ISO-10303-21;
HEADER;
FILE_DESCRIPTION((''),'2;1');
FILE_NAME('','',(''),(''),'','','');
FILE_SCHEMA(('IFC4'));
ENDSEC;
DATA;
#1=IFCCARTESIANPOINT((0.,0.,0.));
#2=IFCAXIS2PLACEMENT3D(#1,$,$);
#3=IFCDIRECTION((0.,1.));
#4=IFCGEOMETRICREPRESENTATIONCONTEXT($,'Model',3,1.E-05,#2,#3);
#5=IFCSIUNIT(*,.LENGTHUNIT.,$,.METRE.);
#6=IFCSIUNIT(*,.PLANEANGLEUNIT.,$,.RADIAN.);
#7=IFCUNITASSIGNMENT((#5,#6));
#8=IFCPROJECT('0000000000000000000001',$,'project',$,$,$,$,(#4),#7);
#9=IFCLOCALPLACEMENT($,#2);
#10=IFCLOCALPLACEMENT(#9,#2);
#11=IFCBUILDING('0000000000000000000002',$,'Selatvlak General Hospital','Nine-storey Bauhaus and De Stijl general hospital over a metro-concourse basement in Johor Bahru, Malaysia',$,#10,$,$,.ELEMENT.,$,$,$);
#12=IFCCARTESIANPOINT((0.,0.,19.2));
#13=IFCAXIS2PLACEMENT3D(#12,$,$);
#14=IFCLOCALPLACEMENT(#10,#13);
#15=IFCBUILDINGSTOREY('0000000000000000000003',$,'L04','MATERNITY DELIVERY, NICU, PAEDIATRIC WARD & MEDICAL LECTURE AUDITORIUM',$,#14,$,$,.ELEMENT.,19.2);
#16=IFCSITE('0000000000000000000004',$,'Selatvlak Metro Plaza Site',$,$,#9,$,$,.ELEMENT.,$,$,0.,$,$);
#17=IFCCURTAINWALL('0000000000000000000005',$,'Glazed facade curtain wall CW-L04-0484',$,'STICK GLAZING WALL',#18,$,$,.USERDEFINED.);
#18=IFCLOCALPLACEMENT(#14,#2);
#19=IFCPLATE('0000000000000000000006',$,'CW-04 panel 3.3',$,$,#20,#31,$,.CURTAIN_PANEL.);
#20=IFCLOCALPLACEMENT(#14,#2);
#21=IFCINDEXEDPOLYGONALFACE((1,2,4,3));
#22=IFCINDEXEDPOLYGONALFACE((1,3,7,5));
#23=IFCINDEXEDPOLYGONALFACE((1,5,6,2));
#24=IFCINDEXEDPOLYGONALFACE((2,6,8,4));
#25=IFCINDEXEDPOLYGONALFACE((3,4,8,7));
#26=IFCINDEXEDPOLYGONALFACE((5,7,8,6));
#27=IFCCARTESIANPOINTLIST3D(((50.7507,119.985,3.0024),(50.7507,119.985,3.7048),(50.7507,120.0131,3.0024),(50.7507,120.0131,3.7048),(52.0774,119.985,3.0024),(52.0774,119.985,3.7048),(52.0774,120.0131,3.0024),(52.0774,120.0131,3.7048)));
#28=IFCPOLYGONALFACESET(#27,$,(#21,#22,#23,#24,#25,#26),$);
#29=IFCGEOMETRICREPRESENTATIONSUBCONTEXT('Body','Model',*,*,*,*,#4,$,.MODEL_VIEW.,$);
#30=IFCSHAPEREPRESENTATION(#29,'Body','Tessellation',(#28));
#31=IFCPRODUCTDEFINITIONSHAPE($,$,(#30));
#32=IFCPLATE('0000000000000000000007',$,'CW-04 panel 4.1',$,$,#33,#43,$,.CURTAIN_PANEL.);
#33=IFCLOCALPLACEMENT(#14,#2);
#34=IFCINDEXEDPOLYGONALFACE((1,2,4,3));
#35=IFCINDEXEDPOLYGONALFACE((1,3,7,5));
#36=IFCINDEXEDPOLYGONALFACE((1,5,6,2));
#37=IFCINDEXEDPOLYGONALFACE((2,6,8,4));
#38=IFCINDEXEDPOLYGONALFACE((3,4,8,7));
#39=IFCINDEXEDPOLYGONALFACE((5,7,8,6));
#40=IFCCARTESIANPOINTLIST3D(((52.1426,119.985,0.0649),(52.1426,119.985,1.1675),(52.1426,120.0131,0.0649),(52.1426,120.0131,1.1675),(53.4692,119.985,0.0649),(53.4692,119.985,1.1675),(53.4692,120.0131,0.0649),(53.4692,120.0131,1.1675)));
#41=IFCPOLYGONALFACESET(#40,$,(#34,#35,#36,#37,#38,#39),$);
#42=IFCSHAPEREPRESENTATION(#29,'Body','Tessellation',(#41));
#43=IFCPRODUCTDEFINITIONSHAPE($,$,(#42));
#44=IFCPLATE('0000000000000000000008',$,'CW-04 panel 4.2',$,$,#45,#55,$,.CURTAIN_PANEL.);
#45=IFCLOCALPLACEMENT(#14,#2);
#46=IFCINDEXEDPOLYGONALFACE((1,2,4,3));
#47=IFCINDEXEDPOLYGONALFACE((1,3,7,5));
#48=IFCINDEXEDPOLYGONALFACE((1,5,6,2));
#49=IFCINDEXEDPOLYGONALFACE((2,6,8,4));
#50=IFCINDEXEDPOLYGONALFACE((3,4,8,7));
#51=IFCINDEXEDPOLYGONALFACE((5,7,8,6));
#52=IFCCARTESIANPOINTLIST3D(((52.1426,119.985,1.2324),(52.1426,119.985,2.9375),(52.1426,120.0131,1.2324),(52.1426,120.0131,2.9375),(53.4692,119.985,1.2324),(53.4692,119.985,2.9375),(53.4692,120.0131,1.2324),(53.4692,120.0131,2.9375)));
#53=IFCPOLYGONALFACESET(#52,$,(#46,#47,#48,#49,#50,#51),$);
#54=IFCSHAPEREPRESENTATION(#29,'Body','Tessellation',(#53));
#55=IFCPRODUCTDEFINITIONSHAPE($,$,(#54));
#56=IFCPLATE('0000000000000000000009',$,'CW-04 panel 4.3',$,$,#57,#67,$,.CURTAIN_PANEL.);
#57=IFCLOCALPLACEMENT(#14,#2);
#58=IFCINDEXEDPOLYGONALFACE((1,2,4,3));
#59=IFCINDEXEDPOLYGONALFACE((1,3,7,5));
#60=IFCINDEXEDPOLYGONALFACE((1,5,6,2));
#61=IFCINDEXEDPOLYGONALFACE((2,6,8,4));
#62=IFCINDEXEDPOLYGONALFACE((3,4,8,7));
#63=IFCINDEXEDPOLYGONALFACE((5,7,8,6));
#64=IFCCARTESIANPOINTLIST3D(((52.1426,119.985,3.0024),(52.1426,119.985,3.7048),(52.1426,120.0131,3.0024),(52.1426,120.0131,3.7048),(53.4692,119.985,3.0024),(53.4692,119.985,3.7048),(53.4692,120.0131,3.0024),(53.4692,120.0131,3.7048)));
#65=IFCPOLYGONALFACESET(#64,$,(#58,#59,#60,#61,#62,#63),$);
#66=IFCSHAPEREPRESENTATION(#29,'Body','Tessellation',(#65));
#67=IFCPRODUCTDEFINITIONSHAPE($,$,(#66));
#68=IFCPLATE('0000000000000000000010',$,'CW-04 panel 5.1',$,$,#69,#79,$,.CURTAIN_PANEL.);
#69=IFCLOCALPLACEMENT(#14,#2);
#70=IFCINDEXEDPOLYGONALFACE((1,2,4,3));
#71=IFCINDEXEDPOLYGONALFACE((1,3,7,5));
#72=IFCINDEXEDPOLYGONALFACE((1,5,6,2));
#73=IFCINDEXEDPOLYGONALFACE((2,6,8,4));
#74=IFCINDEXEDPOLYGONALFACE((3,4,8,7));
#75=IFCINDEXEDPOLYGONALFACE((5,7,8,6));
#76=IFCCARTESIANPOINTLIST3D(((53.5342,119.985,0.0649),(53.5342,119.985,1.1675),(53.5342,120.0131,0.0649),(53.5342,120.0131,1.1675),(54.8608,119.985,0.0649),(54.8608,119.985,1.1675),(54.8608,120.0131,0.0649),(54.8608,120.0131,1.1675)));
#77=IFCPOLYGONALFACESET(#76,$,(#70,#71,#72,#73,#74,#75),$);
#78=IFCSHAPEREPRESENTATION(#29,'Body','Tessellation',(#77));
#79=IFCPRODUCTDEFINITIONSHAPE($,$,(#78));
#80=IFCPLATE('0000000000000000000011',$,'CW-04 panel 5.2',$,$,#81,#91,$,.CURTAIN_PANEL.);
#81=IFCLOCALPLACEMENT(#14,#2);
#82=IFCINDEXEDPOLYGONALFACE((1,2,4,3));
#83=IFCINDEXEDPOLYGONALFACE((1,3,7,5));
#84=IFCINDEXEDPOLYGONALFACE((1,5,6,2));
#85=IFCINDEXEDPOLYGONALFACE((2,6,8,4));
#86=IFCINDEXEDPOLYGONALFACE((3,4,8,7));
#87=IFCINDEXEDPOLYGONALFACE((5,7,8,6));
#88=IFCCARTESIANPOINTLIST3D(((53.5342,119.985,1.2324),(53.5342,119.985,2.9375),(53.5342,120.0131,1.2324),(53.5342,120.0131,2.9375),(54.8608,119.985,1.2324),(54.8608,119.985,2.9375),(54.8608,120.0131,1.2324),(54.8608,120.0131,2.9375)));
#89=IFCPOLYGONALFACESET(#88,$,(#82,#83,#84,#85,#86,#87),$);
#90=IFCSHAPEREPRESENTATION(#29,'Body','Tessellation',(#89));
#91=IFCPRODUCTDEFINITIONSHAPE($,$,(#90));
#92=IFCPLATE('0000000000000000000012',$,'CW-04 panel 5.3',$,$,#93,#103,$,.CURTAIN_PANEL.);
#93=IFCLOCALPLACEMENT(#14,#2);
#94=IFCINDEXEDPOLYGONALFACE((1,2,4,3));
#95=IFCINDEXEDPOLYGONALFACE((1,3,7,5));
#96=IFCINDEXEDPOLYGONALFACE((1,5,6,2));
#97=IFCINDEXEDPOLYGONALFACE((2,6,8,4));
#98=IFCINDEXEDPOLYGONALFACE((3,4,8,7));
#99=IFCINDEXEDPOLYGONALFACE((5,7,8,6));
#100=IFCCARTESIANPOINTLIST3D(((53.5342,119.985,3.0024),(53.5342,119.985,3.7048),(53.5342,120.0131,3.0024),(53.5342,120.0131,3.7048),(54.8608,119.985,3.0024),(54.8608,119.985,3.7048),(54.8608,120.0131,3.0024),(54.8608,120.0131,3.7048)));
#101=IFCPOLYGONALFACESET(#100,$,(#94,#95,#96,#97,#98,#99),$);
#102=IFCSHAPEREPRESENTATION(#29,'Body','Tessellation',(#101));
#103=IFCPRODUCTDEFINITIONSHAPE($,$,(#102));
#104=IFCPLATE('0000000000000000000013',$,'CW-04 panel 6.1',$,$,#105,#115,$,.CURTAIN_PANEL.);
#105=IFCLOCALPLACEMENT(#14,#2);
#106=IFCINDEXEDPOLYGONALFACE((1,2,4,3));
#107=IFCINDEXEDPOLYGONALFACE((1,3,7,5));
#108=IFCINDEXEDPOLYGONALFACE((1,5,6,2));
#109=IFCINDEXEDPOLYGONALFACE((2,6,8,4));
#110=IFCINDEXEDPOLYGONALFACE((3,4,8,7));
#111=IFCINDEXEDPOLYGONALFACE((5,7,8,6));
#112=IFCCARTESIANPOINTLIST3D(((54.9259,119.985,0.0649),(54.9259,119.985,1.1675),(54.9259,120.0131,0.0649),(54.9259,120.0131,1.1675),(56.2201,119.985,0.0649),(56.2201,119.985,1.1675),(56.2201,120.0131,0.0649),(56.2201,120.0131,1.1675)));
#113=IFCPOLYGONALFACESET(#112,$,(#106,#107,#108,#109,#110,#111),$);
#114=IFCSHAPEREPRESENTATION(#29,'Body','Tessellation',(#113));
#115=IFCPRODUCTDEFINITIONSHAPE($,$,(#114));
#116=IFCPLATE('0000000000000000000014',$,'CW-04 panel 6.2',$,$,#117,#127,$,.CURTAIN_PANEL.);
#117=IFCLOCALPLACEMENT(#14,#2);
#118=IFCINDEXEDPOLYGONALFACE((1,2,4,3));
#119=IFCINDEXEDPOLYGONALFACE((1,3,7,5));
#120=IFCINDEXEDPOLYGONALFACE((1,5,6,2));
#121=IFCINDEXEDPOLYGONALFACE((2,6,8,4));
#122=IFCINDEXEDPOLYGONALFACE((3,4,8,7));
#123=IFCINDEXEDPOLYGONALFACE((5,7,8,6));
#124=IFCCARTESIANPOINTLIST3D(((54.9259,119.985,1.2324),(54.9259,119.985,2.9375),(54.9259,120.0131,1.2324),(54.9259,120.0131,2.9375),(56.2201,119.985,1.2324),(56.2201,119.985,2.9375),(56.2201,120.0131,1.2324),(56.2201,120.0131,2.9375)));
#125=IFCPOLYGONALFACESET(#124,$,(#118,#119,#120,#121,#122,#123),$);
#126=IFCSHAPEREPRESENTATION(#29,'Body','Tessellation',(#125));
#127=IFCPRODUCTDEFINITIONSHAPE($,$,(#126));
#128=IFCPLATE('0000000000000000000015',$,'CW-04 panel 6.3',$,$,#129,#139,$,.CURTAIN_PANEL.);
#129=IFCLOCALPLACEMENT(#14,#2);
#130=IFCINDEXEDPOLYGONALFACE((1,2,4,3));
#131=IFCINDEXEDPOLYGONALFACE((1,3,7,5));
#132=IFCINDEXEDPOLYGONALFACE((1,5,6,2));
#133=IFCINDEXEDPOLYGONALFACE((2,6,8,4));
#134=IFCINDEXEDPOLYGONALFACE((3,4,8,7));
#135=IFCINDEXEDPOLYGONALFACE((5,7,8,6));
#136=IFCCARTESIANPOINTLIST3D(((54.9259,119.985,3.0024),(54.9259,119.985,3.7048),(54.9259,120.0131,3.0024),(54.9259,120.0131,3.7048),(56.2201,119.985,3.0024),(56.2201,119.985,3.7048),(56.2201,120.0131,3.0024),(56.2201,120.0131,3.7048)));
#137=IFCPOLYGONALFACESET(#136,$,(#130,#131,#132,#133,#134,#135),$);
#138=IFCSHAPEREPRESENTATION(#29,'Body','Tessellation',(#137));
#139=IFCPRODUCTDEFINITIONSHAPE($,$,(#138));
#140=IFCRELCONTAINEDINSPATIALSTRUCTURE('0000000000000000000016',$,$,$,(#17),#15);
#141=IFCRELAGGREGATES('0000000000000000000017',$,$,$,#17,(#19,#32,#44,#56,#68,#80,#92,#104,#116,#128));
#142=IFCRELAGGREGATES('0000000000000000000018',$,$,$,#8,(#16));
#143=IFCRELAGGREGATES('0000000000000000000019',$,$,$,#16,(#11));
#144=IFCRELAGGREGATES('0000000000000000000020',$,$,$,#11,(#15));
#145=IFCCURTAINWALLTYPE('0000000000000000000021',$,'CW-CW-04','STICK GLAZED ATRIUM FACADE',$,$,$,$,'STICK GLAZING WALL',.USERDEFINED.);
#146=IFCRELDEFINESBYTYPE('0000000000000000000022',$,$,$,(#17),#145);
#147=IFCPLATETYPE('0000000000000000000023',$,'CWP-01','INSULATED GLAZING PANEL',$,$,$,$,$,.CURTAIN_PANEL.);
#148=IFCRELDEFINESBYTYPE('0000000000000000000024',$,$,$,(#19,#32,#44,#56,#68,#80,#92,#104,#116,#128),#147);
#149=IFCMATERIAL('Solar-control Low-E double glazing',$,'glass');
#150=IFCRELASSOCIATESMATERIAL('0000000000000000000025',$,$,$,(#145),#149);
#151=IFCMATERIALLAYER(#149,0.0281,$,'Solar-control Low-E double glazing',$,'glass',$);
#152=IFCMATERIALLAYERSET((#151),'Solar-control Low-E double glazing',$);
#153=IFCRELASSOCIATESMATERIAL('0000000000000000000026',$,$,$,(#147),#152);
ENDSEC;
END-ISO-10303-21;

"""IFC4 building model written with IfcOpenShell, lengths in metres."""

from ifc_helpers import new_model, si_unit, direction, frame, origin, origin_2d, place, context, subcontext, project, spatial, rectangle, extrude, material, layer, layer_set, type_object, element, aggregate, save


model = new_model("IFC4")

# Units and contexts
model_context = context("Model", 3, precision=1e-05, world=origin(), true_north=direction((0.0, 1.0)))
body_context = subcontext(model_context, "Body", "Model", "MODEL_VIEW")
ifc_project = project(units=[si_unit("LENGTHUNIT", "METRE"), si_unit("PLANEANGLEUNIT", "RADIAN")], contexts=[model_context])

# Site, building, storey
site_placement = place(None, origin())
site = spatial("IfcSite", under=ifc_project, at=site_placement, Name="Selatvlak Metro Plaza Site", CompositionType="ELEMENT", RefElevation=0.0)
building_placement = place(site_placement, origin())
building = spatial("IfcBuilding", under=site, at=building_placement, Name="Selatvlak General Hospital", Description="Nine-storey Bauhaus and De Stijl general hospital over a metro-concourse basement in Johor Bahru, Malaysia", CompositionType="ELEMENT")
storey_placement = place(building_placement, frame((0.0, 0.0, 19.2)))
storey = spatial("IfcBuildingStorey", under=building, at=storey_placement, Name="L04", Description="MATERNITY DELIVERY, NICU, PAEDIATRIC WARD & MEDICAL LECTURE AUDITORIUM", CompositionType="ELEMENT", Elevation=19.2)

# Curtain wall, plates
ifc_material_1 = material(Name="Solar-control Low-E double glazing", Category="glass")
curtain_wall_type = type_object("IfcCurtainWallType", Name="CW-CW-04", Description="STICK GLAZED ATRIUM FACADE", ElementType="STICK GLAZING WALL", PredefinedType="USERDEFINED", material=ifc_material_1)
curtain_wall_placement = place(storey_placement, origin())
curtain_wall = element("IfcCurtainWall", 1, at=curtain_wall_placement, inside=storey, type_object=curtain_wall_type, Name="Glazed facade curtain wall CW-L04-0484", ObjectType="STICK GLAZING WALL", PredefinedType="USERDEFINED")
ifc_layer = layer(ifc_material_1, 0.0281, Name="Solar-control Low-E double glazing", Category="glass")
ifc_layer_set = layer_set([ifc_layer], Name="Solar-control Low-E double glazing")
plate_type = type_object("IfcPlateType", Name="CWP-01", Description="INSULATED GLAZING PANEL", PredefinedType="CURTAIN_PANEL", material=ifc_layer_set)
plate_1_placement = place(storey_placement, frame((51.4141, 119.999, 3.0024), z_axis=(0.0, 0.0, 1.0), x_axis=(1.0, 0.0, 0.0)))
plate_1 = element("IfcPlate", 2, at=plate_1_placement, type_object=plate_type, Name="CW-04 panel 3.3", PredefinedType="CURTAIN_PANEL", context=body_context, shape_type="SweptSolid", body=[
    extrude(rectangle(XDim=1.3267, YDim=0.0281, at=origin_2d()), origin(), (0.0, 0.0, 1.0), 0.7024),
])
plate_2_placement = place(storey_placement, frame((52.8059, 119.999, 0.0649), z_axis=(0.0, 0.0, 1.0), x_axis=(1.0, 0.0, 0.0)))
plate_2 = element("IfcPlate", 3, at=plate_2_placement, type_object=plate_type, Name="CW-04 panel 4.1", PredefinedType="CURTAIN_PANEL", context=body_context, shape_type="SweptSolid", body=[
    extrude(rectangle(XDim=1.3267, YDim=0.0281, at=origin_2d()), origin(), (0.0, 0.0, 1.0), 1.1025),
])
plate_3_placement = place(storey_placement, frame((52.8059, 119.999, 1.2324), z_axis=(0.0, 0.0, 1.0), x_axis=(1.0, 0.0, 0.0)))
plate_3 = element("IfcPlate", 4, at=plate_3_placement, type_object=plate_type, Name="CW-04 panel 4.2", PredefinedType="CURTAIN_PANEL", context=body_context, shape_type="SweptSolid", body=[
    extrude(rectangle(XDim=1.3267, YDim=0.0281, at=origin_2d()), origin(), (0.0, 0.0, 1.0), 1.7051),
])
plate_4_placement = place(storey_placement, frame((52.8059, 119.999, 3.0024), z_axis=(0.0, 0.0, 1.0), x_axis=(1.0, 0.0, 0.0)))
plate_4 = element("IfcPlate", 5, at=plate_4_placement, type_object=plate_type, Name="CW-04 panel 4.3", PredefinedType="CURTAIN_PANEL", context=body_context, shape_type="SweptSolid", body=[
    extrude(rectangle(XDim=1.3267, YDim=0.0281, at=origin_2d()), origin(), (0.0, 0.0, 1.0), 0.7024),
])
plate_5_placement = place(storey_placement, frame((54.1975, 119.999, 0.0649), z_axis=(0.0, 0.0, 1.0), x_axis=(1.0, 0.0, 0.0)))
plate_5 = element("IfcPlate", 6, at=plate_5_placement, type_object=plate_type, Name="CW-04 panel 5.1", PredefinedType="CURTAIN_PANEL", context=body_context, shape_type="SweptSolid", body=[
    extrude(rectangle(XDim=1.3267, YDim=0.0281, at=origin_2d()), origin(), (0.0, 0.0, 1.0), 1.1025),
])
plate_6_placement = place(storey_placement, frame((54.1975, 119.999, 1.2324), z_axis=(0.0, 0.0, 1.0), x_axis=(1.0, 0.0, 0.0)))
plate_6 = element("IfcPlate", 7, at=plate_6_placement, type_object=plate_type, Name="CW-04 panel 5.2", PredefinedType="CURTAIN_PANEL", context=body_context, shape_type="SweptSolid", body=[
    extrude(rectangle(XDim=1.3267, YDim=0.0281, at=origin_2d()), origin(), (0.0, 0.0, 1.0), 1.7051),
])
plate_7_placement = place(storey_placement, frame((54.1975, 119.999, 3.0024), z_axis=(0.0, 0.0, 1.0), x_axis=(1.0, 0.0, 0.0)))
plate_7 = element("IfcPlate", 8, at=plate_7_placement, type_object=plate_type, Name="CW-04 panel 5.3", PredefinedType="CURTAIN_PANEL", context=body_context, shape_type="SweptSolid", body=[
    extrude(rectangle(XDim=1.3267, YDim=0.0281, at=origin_2d()), origin(), (0.0, 0.0, 1.0), 0.7024),
])
plate_8_placement = place(storey_placement, frame((55.573, 119.999, 0.0649), z_axis=(0.0, 0.0, 1.0), x_axis=(1.0, 0.0, 0.0)))
plate_8 = element("IfcPlate", 9, at=plate_8_placement, type_object=plate_type, Name="CW-04 panel 6.1", PredefinedType="CURTAIN_PANEL", context=body_context, shape_type="SweptSolid", body=[
    extrude(rectangle(XDim=1.2942, YDim=0.0281, at=origin_2d()), origin(), (0.0, 0.0, 1.0), 1.1025),
])
plate_9_placement = place(storey_placement, frame((55.573, 119.999, 1.2324), z_axis=(0.0, 0.0, 1.0), x_axis=(1.0, 0.0, 0.0)))
plate_9 = element("IfcPlate", 10, at=plate_9_placement, type_object=plate_type, Name="CW-04 panel 6.2", PredefinedType="CURTAIN_PANEL", context=body_context, shape_type="SweptSolid", body=[
    extrude(rectangle(XDim=1.2942, YDim=0.0281, at=origin_2d()), origin(), (0.0, 0.0, 1.0), 1.7051),
])
plate_10_placement = place(storey_placement, frame((55.573, 119.999, 3.0024), z_axis=(0.0, 0.0, 1.0), x_axis=(1.0, 0.0, 0.0)))
plate_10 = element("IfcPlate", 11, at=plate_10_placement, type_object=plate_type, Name="CW-04 panel 6.3", PredefinedType="CURTAIN_PANEL", context=body_context, shape_type="SweptSolid", body=[
    extrude(rectangle(XDim=1.2942, YDim=0.0281, at=origin_2d()), origin(), (0.0, 0.0, 1.0), 0.7024),
])
aggregate(curtain_wall, [plate_1, plate_2, plate_3, plate_4, plate_5, plate_6, plate_7, plate_8, plate_9, plate_10])

save(model, "model.ifc")
